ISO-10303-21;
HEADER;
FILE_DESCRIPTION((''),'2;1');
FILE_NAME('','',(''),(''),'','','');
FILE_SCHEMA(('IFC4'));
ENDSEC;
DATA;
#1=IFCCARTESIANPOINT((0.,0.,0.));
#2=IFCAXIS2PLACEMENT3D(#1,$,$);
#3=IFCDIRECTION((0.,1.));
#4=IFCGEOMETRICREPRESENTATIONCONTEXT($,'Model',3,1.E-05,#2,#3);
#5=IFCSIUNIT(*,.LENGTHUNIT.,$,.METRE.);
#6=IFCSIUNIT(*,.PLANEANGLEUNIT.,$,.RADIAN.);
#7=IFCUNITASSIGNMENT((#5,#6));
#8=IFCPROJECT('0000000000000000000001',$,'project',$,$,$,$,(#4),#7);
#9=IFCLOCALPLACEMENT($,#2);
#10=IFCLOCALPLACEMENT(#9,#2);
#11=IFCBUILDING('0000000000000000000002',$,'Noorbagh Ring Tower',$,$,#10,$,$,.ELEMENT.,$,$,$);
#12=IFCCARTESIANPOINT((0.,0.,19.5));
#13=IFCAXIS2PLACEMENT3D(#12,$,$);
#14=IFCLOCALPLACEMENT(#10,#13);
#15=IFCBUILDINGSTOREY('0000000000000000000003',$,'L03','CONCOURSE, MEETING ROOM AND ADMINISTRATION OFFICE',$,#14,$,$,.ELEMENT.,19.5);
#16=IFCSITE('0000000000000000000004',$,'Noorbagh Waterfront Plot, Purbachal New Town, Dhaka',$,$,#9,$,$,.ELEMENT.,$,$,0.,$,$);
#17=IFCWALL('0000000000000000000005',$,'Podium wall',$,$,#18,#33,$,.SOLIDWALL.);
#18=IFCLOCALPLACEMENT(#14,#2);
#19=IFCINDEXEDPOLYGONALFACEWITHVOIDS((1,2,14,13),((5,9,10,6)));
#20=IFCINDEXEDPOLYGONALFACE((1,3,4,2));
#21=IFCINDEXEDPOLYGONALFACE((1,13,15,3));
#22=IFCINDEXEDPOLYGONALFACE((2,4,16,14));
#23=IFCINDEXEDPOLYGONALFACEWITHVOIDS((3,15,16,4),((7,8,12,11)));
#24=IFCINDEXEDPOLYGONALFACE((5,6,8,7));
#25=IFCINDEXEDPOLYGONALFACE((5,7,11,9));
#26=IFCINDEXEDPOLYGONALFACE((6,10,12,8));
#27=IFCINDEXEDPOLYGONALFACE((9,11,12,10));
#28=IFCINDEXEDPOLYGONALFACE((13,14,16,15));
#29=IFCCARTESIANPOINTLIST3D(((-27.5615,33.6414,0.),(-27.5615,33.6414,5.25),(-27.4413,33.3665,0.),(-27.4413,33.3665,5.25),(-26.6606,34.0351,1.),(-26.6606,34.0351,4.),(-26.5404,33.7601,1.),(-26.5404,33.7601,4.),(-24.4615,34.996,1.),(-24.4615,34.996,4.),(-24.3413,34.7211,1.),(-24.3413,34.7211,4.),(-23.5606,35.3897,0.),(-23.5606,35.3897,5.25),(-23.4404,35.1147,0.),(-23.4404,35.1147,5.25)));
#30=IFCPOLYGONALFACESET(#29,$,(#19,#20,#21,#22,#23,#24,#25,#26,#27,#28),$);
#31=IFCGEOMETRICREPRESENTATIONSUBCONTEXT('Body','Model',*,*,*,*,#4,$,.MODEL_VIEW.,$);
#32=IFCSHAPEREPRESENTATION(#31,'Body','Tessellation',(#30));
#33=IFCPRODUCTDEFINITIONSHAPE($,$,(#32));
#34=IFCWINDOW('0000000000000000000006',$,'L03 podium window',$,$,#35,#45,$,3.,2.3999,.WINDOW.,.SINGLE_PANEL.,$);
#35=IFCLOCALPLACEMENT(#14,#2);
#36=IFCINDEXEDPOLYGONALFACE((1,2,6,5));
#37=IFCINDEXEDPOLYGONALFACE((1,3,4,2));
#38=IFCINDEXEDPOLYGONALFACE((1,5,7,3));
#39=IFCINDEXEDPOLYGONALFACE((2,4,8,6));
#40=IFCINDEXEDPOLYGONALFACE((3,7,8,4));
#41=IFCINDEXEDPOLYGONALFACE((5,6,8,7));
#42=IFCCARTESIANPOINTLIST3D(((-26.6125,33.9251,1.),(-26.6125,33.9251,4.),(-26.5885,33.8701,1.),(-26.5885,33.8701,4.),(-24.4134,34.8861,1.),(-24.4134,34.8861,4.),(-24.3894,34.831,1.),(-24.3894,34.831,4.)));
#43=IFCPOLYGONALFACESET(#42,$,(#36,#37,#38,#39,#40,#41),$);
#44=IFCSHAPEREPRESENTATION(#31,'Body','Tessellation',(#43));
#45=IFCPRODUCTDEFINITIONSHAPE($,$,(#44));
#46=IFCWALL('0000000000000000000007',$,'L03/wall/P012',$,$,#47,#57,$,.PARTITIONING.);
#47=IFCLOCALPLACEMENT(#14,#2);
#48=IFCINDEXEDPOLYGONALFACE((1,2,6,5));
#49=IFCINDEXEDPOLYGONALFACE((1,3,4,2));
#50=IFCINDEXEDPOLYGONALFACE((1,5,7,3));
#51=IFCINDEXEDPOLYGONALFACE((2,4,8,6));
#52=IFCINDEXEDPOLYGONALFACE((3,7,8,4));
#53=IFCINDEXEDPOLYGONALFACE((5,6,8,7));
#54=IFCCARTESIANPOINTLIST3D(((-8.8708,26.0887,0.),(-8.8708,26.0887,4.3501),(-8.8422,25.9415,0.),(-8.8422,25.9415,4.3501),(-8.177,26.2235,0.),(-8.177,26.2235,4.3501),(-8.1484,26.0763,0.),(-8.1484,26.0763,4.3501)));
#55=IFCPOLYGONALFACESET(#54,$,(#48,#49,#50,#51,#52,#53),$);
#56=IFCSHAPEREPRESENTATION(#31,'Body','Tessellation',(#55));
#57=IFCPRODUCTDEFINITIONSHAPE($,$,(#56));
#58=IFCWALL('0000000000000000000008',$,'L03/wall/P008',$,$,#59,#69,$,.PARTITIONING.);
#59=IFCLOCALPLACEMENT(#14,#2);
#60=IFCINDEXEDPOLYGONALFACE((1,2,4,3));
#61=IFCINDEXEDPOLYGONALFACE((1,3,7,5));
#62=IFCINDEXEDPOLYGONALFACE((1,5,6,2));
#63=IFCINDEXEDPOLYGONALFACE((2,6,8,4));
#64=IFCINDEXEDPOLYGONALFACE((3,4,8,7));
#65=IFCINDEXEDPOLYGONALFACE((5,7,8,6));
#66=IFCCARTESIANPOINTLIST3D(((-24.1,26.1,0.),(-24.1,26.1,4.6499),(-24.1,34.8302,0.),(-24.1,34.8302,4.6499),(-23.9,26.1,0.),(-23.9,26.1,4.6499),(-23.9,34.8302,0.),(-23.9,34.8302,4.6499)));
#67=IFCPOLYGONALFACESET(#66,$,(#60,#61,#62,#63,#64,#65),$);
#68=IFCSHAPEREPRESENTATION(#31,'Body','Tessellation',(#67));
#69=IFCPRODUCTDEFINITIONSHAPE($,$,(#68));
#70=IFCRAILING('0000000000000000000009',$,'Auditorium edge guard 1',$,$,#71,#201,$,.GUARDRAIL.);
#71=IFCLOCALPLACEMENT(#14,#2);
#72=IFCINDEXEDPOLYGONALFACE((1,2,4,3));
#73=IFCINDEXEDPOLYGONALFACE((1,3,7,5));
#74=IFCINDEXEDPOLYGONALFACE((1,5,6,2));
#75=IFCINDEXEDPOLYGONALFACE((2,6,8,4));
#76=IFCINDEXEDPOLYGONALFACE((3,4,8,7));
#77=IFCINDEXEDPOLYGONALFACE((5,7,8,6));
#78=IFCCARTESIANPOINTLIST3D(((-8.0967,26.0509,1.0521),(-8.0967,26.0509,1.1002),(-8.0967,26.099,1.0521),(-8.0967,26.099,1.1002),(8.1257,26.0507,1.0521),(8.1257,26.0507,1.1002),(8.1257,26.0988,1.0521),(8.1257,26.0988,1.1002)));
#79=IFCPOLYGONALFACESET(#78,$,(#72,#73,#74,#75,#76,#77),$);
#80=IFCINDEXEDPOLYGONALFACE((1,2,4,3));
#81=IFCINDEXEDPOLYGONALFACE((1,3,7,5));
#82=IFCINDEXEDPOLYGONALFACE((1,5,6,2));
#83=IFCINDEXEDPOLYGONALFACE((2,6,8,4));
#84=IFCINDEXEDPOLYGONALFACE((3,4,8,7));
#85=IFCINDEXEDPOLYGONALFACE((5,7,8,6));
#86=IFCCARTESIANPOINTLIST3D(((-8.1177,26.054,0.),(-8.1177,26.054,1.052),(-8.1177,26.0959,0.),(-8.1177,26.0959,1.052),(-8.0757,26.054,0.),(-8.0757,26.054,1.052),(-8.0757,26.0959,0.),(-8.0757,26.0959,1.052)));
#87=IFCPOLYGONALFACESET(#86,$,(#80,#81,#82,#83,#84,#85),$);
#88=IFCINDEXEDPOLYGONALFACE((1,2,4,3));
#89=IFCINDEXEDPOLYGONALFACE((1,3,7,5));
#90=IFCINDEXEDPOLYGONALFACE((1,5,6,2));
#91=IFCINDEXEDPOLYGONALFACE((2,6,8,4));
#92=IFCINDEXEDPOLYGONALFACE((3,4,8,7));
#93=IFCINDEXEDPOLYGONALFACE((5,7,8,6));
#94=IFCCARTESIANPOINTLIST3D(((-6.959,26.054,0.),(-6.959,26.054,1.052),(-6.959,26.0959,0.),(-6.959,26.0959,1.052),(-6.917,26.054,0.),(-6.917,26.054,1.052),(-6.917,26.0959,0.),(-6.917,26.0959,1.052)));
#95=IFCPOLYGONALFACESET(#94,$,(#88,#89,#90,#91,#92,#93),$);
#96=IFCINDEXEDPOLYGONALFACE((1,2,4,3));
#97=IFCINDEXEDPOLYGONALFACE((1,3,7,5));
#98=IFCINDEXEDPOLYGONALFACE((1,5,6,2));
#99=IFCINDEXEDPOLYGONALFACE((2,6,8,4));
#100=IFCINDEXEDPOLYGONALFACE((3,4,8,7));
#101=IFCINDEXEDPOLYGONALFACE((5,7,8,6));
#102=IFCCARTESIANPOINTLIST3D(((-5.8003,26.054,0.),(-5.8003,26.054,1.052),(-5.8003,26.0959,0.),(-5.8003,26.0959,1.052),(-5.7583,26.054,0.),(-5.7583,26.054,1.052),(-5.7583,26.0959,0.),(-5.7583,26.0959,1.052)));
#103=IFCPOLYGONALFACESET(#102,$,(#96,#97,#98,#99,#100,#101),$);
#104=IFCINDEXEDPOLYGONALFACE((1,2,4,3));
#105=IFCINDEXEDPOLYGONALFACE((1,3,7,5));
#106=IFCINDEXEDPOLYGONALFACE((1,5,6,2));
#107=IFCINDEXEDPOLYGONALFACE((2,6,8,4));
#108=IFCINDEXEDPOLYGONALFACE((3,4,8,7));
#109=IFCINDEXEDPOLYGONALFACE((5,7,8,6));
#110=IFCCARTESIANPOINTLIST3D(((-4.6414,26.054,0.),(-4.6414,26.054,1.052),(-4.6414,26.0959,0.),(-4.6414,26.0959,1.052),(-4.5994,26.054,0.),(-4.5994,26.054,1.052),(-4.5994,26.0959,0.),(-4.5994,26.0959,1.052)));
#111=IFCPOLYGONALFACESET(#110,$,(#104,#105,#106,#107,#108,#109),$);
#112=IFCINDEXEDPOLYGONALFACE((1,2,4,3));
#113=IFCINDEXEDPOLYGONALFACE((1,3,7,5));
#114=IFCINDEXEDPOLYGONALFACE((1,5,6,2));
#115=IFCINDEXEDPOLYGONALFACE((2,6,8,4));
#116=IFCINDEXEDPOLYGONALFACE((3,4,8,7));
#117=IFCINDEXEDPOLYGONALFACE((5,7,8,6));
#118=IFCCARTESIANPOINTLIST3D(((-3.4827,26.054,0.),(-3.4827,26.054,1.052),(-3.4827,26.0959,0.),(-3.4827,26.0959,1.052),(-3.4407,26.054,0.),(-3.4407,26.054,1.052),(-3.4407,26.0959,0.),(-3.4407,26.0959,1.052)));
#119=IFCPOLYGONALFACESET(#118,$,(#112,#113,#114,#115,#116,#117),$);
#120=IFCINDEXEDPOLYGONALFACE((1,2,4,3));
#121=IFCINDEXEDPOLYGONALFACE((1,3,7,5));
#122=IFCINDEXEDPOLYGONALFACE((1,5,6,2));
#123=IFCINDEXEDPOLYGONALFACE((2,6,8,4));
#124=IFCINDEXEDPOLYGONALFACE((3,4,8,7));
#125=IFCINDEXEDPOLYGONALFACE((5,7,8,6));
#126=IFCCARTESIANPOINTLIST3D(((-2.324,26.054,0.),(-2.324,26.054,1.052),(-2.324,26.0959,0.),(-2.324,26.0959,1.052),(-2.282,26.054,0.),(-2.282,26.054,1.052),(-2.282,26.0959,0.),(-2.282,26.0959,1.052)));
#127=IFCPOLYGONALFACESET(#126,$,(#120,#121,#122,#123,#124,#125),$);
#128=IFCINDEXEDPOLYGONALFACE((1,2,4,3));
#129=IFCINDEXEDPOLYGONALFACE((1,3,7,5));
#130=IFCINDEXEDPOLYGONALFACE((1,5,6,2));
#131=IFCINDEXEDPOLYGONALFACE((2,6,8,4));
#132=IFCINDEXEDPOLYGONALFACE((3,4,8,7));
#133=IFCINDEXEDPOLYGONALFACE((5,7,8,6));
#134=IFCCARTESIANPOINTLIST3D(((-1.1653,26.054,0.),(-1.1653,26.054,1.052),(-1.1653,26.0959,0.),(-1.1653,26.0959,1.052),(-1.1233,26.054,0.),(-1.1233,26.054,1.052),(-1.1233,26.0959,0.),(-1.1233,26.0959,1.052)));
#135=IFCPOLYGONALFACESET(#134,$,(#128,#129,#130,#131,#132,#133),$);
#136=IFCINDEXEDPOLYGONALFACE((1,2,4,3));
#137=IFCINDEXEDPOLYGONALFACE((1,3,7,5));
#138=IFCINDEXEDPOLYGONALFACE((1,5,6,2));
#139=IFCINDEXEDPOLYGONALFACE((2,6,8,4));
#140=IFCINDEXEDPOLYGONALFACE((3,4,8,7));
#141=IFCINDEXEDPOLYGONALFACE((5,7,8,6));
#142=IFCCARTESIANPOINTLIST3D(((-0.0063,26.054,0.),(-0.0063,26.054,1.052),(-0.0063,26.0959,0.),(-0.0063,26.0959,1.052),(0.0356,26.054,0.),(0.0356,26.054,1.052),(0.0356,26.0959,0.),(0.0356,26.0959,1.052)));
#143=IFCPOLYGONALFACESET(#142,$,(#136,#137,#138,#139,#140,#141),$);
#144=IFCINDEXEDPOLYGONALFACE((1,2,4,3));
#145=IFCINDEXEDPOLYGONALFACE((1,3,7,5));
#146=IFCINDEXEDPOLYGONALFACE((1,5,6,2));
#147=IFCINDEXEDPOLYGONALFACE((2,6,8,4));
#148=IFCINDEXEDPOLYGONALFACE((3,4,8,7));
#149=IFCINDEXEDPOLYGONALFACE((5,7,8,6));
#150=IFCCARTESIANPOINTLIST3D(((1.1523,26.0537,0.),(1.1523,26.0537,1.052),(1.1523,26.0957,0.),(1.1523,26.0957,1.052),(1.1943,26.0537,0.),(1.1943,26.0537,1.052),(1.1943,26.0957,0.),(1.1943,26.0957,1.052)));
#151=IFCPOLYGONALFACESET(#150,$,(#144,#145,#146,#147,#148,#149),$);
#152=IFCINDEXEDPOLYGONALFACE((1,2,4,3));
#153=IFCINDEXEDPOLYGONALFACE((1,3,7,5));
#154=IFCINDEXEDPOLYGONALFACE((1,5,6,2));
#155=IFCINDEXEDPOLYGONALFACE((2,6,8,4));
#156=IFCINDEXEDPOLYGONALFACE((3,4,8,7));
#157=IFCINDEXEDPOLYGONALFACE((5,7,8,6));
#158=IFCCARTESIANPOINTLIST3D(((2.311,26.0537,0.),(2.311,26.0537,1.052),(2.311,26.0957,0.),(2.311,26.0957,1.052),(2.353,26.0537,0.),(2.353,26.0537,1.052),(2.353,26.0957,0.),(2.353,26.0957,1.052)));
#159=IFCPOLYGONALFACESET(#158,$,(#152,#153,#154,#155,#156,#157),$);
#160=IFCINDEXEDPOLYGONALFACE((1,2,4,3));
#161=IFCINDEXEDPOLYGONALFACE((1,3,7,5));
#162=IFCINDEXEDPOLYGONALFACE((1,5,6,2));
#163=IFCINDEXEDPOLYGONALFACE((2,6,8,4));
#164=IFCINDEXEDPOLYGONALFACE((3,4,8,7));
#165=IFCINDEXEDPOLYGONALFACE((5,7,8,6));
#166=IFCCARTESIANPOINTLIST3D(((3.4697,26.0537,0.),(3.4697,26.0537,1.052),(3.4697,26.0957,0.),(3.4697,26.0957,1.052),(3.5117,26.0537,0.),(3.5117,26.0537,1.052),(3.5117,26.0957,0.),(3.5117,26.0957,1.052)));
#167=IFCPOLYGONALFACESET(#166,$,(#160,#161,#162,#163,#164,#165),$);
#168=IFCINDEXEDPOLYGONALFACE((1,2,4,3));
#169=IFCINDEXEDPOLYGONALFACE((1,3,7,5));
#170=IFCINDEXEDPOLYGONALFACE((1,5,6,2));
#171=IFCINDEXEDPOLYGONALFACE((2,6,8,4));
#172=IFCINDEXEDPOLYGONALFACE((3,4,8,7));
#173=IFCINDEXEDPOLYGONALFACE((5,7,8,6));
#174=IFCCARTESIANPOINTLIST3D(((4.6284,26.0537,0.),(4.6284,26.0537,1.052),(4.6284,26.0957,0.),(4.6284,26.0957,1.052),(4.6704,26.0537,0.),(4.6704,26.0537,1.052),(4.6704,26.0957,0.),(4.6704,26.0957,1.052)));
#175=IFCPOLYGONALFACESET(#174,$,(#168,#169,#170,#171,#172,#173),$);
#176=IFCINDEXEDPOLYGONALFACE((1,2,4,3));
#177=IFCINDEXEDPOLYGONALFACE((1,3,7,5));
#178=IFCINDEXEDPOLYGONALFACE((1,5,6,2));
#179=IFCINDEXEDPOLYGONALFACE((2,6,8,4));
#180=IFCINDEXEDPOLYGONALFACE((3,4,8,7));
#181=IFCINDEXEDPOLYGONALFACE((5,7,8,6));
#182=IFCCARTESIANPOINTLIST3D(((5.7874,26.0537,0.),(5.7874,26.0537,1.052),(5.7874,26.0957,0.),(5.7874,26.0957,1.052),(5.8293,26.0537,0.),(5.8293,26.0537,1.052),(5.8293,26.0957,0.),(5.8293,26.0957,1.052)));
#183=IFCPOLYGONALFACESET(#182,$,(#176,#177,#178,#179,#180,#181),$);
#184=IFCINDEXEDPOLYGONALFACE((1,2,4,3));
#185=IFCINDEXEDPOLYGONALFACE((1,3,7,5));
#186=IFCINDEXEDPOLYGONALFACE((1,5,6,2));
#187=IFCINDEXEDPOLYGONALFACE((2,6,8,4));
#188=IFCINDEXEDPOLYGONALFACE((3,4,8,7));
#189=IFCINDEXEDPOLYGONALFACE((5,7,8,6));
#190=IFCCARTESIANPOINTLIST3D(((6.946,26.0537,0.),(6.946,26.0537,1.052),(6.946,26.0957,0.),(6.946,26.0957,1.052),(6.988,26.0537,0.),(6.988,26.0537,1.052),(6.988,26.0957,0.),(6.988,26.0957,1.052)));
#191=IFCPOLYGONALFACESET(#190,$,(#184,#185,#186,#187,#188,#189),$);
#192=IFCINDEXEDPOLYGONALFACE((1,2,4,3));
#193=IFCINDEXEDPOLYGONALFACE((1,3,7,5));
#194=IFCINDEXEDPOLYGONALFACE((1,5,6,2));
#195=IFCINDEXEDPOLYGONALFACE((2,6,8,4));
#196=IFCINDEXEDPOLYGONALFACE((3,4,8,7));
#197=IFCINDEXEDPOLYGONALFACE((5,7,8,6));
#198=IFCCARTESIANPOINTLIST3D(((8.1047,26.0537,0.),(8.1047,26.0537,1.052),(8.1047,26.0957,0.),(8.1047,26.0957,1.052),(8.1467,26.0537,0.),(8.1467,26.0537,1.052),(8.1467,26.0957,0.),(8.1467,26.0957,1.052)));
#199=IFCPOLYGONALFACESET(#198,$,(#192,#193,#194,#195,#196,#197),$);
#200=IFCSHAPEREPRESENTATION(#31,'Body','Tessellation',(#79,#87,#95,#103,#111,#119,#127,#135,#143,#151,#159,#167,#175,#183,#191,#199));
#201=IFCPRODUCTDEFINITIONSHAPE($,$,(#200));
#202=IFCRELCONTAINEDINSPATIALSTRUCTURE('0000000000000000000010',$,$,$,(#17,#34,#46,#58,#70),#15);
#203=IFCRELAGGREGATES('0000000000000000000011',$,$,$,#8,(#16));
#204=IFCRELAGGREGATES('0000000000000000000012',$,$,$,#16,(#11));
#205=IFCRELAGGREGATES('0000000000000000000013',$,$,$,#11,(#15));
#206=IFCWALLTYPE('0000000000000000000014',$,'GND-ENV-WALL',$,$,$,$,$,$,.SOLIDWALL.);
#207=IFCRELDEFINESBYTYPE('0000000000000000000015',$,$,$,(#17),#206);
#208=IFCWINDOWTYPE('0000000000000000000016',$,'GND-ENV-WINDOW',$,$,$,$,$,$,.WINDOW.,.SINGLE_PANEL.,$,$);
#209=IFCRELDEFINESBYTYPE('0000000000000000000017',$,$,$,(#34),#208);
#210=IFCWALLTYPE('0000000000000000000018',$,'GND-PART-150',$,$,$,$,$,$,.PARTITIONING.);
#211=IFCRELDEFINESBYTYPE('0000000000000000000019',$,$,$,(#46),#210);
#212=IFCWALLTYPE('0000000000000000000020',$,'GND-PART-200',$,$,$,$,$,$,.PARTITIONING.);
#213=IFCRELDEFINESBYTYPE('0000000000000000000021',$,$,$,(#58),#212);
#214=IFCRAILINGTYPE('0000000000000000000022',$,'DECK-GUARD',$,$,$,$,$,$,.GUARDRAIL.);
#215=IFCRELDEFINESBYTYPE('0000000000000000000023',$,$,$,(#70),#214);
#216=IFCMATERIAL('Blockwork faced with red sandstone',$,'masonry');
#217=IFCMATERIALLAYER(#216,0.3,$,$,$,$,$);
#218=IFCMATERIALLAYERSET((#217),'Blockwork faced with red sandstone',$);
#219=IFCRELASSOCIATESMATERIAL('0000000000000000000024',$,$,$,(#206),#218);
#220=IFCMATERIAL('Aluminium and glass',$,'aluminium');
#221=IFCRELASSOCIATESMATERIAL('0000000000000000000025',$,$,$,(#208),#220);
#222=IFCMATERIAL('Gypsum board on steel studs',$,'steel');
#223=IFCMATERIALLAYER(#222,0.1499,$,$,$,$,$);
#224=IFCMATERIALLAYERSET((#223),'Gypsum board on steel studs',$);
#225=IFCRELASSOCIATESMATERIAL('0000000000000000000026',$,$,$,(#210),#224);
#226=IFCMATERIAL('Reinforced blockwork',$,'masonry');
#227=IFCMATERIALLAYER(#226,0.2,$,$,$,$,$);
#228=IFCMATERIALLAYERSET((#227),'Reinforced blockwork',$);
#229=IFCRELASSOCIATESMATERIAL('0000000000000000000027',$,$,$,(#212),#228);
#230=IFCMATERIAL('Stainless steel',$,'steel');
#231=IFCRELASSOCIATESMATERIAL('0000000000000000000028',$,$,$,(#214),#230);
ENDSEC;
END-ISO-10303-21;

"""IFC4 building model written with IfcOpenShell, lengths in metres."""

from ifc_helpers import new_model, si_unit, direction, frame, frame_2d, origin, origin_2d, place, context, subcontext, project, spatial, rectangle, extrude, material, layer, layer_set, type_object, element, fill, save


model = new_model("IFC4")

# Units and contexts
model_context = context("Model", 3, precision=1e-05, world=origin(), true_north=direction((0.0, 1.0)))
body_context = subcontext(model_context, "Body", "Model", "MODEL_VIEW")
ifc_project = project(units=[si_unit("LENGTHUNIT", "METRE"), si_unit("PLANEANGLEUNIT", "RADIAN")], contexts=[model_context])

# Site, building, storey
site_placement = place(None, origin())
site = spatial("IfcSite", under=ifc_project, at=site_placement, Name="Noorbagh Waterfront Plot, Purbachal New Town, Dhaka", CompositionType="ELEMENT", RefElevation=0.0)
building_placement = place(site_placement, origin())
building = spatial("IfcBuilding", under=site, at=building_placement, Name="Noorbagh Ring Tower", CompositionType="ELEMENT")
storey_placement = place(building_placement, frame((0.0, 0.0, 19.5)))
storey = spatial("IfcBuildingStorey", under=building, at=storey_placement, Name="L03", Description="CONCOURSE, MEETING ROOM AND ADMINISTRATION OFFICE", CompositionType="ELEMENT", Elevation=19.5)

# Wall, opening, window
ifc_material_1 = material(Name="Blockwork faced with red sandstone", Category="masonry")
ifc_layer_1 = layer(ifc_material_1, 0.3)
ifc_layer_set_1 = layer_set([ifc_layer_1], Name="Blockwork faced with red sandstone")
wall_type_1 = type_object("IfcWallType", Name="GND-ENV-WALL", PredefinedType="SOLIDWALL", material=ifc_layer_set_1)
ifc_material_2 = material(Name="Aluminium and glass", Category="aluminium")
window_type = type_object("IfcWindowType", Name="GND-ENV-WINDOW", PartitioningType="SINGLE_PANEL", PredefinedType="WINDOW", material=ifc_material_2)
wall_1_placement = place(storey_placement, frame((-23.5005, 35.2522, 0.0), z_axis=(0.0, 0.0, 1.0), x_axis=(-0.916337, -0.400408, 0.0)))
wall_1 = element("IfcWall", 1, at=wall_1_placement, inside=storey, type_object=wall_type_1, Name="Podium wall", PredefinedType="SOLIDWALL", context=body_context, shape_type="SweptSolid", body=[
    extrude(rectangle(XDim=4.3662, YDim=0.3, at=frame_2d((2.1831, 0.0))), origin(), (0.0, 0.0, 1.0), 5.25),
])
opening_1_placement = place(wall_1_placement, frame((0.9832, 0.0, 1.0)))
opening_1 = element("IfcOpeningElement", 2, at=opening_1_placement, cuts=wall_1, PredefinedType="OPENING", context=body_context, shape_type="SweptSolid", body=[
    extrude(rectangle(XDim=2.3999, YDim=3.0, at=frame_2d((1.2, 1.5))), frame((0.0, 0.1602, 0.0), z_axis=(0.0, -1.0, 0.0), x_axis=(1.0, 0.0, 0.0)), (0.0, 0.0, 1.0), 0.3201),
])
window_1_placement = place(opening_1_placement, origin())
window_1 = element("IfcWindow", 3, at=window_1_placement, inside=storey, type_object=window_type, Name="L03 podium window", OverallHeight=3.0, OverallWidth=2.3999, PartitioningType="SINGLE_PANEL", PredefinedType="WINDOW", context=body_context, shape_type="SweptSolid", body=[
    extrude(rectangle(XDim=2.3999, YDim=3.0, at=frame_2d((1.2, 1.5))), frame((0.0, 0.03, 0.0), z_axis=(0.0, -1.0, 0.0), x_axis=(1.0, 0.0, 0.0)), (0.0, 0.0, 1.0), 0.0601),
])
fill(opening_1, window_1)

# Walls
ifc_material_3 = material(Name="Gypsum board on steel studs", Category="steel")
ifc_layer_2 = layer(ifc_material_3, 0.1499)
ifc_layer_set_2 = layer_set([ifc_layer_2], Name="Gypsum board on steel studs")
wall_type_2 = type_object("IfcWallType", Name="GND-PART-150", PredefinedType="PARTITIONING", material=ifc_layer_set_2)
wall_2_placement = place(storey_placement, frame((-8.1626, 26.1499, 0.0), z_axis=(0.0, 0.0, 1.0), x_axis=(-0.981655, -0.190666, 0.0)))
element("IfcWall", 4, at=wall_2_placement, inside=storey, type_object=wall_type_2, Name="L03/wall/P012", PredefinedType="PARTITIONING", context=body_context, shape_type="SweptSolid", body=[
    extrude(rectangle(XDim=0.7068, YDim=0.1499, at=frame_2d((0.3535, 0.0))), origin(), (0.0, 0.0, 1.0), 4.3501),
])
ifc_material_4 = material(Name="Reinforced blockwork", Category="masonry")
ifc_layer_3 = layer(ifc_material_4, 0.2)
ifc_layer_set_3 = layer_set([ifc_layer_3], Name="Reinforced blockwork")
wall_type_3 = type_object("IfcWallType", Name="GND-PART-200", PredefinedType="PARTITIONING", material=ifc_layer_set_3)
wall_3_placement = place(storey_placement, frame((-24.0, 34.8303, 0.0), z_axis=(0.0, 0.0, 1.0), x_axis=(0.0, -1.0, 0.0)))
element("IfcWall", 5, at=wall_3_placement, inside=storey, type_object=wall_type_3, Name="L03/wall/P008", PredefinedType="PARTITIONING", context=body_context, shape_type="SweptSolid", body=[
    extrude(rectangle(XDim=8.7302, YDim=0.2, at=frame_2d((4.3652, 0.0))), origin(), (0.0, 0.0, 1.0), 4.6499),
])

# Railing
ifc_material_5 = material(Name="Stainless steel", Category="steel")
railing_type = type_object("IfcRailingType", Name="DECK-GUARD", PredefinedType="GUARDRAIL", material=ifc_material_5)
railing_placement = place(storey_placement, frame((-8.0967, 26.075, 0.0)))
element("IfcRailing", 6, at=railing_placement, inside=storey, type_object=railing_type, Name="Auditorium edge guard 1", PredefinedType="GUARDRAIL", context=body_context, shape_type="SweptSolid", body=[
    extrude(rectangle(XDim=0.0481, YDim=0.0481, at=origin_2d()), frame((0.0, 0.0, 1.0762), z_axis=(1.0, -0.000015, 0.0), x_axis=(0.000015, 1.0, 0.0)), (0.0, 0.0, 1.0), 16.2224),
    extrude(rectangle(XDim=0.042, YDim=0.042, at=origin_2d()), origin(), (0.0, 0.0, 1.0), 1.052),
    extrude(rectangle(XDim=0.042, YDim=0.042, at=origin_2d()), frame((1.1587, 0.0, 0.0)), (0.0, 0.0, 1.0), 1.052),
    extrude(rectangle(XDim=0.042, YDim=0.042, at=origin_2d()), frame((2.3174, 0.0, 0.0)), (0.0, 0.0, 1.0), 1.052),
    extrude(rectangle(XDim=0.042, YDim=0.042, at=origin_2d()), frame((3.4763, 0.0, 0.0)), (0.0, 0.0, 1.0), 1.052),
    extrude(rectangle(XDim=0.042, YDim=0.042, at=origin_2d()), frame((4.635, 0.0, 0.0)), (0.0, 0.0, 1.0), 1.052),
    extrude(rectangle(XDim=0.042, YDim=0.042, at=origin_2d()), frame((5.7937, 0.0, 0.0)), (0.0, 0.0, 1.0), 1.052),
    extrude(rectangle(XDim=0.042, YDim=0.042, at=origin_2d()), frame((6.9524, 0.0, 0.0)), (0.0, 0.0, 1.0), 1.052),
    extrude(rectangle(XDim=0.042, YDim=0.042, at=origin_2d()), frame((8.1113, 0.0, 0.0)), (0.0, 0.0, 1.0), 1.052),
    extrude(rectangle(XDim=0.042, YDim=0.042, at=origin_2d()), frame((9.27, -0.0002, 0.0)), (0.0, 0.0, 1.0), 1.052),
    extrude(rectangle(XDim=0.042, YDim=0.042, at=origin_2d()), frame((10.4287, -0.0002, 0.0)), (0.0, 0.0, 1.0), 1.052),
    extrude(rectangle(XDim=0.042, YDim=0.042, at=origin_2d()), frame((11.5874, -0.0002, 0.0)), (0.0, 0.0, 1.0), 1.052),
    extrude(rectangle(XDim=0.042, YDim=0.042, at=origin_2d()), frame((12.7461, -0.0002, 0.0)), (0.0, 0.0, 1.0), 1.052),
    extrude(rectangle(XDim=0.042, YDim=0.042, at=origin_2d()), frame((13.905, -0.0002, 0.0)), (0.0, 0.0, 1.0), 1.052),
    extrude(rectangle(XDim=0.042, YDim=0.042, at=origin_2d()), frame((15.0637, -0.0002, 0.0)), (0.0, 0.0, 1.0), 1.052),
    extrude(rectangle(XDim=0.042, YDim=0.042, at=origin_2d()), frame((16.2224, -0.0002, 0.0)), (0.0, 0.0, 1.0), 1.052),
])

save(model, "model.ifc")
